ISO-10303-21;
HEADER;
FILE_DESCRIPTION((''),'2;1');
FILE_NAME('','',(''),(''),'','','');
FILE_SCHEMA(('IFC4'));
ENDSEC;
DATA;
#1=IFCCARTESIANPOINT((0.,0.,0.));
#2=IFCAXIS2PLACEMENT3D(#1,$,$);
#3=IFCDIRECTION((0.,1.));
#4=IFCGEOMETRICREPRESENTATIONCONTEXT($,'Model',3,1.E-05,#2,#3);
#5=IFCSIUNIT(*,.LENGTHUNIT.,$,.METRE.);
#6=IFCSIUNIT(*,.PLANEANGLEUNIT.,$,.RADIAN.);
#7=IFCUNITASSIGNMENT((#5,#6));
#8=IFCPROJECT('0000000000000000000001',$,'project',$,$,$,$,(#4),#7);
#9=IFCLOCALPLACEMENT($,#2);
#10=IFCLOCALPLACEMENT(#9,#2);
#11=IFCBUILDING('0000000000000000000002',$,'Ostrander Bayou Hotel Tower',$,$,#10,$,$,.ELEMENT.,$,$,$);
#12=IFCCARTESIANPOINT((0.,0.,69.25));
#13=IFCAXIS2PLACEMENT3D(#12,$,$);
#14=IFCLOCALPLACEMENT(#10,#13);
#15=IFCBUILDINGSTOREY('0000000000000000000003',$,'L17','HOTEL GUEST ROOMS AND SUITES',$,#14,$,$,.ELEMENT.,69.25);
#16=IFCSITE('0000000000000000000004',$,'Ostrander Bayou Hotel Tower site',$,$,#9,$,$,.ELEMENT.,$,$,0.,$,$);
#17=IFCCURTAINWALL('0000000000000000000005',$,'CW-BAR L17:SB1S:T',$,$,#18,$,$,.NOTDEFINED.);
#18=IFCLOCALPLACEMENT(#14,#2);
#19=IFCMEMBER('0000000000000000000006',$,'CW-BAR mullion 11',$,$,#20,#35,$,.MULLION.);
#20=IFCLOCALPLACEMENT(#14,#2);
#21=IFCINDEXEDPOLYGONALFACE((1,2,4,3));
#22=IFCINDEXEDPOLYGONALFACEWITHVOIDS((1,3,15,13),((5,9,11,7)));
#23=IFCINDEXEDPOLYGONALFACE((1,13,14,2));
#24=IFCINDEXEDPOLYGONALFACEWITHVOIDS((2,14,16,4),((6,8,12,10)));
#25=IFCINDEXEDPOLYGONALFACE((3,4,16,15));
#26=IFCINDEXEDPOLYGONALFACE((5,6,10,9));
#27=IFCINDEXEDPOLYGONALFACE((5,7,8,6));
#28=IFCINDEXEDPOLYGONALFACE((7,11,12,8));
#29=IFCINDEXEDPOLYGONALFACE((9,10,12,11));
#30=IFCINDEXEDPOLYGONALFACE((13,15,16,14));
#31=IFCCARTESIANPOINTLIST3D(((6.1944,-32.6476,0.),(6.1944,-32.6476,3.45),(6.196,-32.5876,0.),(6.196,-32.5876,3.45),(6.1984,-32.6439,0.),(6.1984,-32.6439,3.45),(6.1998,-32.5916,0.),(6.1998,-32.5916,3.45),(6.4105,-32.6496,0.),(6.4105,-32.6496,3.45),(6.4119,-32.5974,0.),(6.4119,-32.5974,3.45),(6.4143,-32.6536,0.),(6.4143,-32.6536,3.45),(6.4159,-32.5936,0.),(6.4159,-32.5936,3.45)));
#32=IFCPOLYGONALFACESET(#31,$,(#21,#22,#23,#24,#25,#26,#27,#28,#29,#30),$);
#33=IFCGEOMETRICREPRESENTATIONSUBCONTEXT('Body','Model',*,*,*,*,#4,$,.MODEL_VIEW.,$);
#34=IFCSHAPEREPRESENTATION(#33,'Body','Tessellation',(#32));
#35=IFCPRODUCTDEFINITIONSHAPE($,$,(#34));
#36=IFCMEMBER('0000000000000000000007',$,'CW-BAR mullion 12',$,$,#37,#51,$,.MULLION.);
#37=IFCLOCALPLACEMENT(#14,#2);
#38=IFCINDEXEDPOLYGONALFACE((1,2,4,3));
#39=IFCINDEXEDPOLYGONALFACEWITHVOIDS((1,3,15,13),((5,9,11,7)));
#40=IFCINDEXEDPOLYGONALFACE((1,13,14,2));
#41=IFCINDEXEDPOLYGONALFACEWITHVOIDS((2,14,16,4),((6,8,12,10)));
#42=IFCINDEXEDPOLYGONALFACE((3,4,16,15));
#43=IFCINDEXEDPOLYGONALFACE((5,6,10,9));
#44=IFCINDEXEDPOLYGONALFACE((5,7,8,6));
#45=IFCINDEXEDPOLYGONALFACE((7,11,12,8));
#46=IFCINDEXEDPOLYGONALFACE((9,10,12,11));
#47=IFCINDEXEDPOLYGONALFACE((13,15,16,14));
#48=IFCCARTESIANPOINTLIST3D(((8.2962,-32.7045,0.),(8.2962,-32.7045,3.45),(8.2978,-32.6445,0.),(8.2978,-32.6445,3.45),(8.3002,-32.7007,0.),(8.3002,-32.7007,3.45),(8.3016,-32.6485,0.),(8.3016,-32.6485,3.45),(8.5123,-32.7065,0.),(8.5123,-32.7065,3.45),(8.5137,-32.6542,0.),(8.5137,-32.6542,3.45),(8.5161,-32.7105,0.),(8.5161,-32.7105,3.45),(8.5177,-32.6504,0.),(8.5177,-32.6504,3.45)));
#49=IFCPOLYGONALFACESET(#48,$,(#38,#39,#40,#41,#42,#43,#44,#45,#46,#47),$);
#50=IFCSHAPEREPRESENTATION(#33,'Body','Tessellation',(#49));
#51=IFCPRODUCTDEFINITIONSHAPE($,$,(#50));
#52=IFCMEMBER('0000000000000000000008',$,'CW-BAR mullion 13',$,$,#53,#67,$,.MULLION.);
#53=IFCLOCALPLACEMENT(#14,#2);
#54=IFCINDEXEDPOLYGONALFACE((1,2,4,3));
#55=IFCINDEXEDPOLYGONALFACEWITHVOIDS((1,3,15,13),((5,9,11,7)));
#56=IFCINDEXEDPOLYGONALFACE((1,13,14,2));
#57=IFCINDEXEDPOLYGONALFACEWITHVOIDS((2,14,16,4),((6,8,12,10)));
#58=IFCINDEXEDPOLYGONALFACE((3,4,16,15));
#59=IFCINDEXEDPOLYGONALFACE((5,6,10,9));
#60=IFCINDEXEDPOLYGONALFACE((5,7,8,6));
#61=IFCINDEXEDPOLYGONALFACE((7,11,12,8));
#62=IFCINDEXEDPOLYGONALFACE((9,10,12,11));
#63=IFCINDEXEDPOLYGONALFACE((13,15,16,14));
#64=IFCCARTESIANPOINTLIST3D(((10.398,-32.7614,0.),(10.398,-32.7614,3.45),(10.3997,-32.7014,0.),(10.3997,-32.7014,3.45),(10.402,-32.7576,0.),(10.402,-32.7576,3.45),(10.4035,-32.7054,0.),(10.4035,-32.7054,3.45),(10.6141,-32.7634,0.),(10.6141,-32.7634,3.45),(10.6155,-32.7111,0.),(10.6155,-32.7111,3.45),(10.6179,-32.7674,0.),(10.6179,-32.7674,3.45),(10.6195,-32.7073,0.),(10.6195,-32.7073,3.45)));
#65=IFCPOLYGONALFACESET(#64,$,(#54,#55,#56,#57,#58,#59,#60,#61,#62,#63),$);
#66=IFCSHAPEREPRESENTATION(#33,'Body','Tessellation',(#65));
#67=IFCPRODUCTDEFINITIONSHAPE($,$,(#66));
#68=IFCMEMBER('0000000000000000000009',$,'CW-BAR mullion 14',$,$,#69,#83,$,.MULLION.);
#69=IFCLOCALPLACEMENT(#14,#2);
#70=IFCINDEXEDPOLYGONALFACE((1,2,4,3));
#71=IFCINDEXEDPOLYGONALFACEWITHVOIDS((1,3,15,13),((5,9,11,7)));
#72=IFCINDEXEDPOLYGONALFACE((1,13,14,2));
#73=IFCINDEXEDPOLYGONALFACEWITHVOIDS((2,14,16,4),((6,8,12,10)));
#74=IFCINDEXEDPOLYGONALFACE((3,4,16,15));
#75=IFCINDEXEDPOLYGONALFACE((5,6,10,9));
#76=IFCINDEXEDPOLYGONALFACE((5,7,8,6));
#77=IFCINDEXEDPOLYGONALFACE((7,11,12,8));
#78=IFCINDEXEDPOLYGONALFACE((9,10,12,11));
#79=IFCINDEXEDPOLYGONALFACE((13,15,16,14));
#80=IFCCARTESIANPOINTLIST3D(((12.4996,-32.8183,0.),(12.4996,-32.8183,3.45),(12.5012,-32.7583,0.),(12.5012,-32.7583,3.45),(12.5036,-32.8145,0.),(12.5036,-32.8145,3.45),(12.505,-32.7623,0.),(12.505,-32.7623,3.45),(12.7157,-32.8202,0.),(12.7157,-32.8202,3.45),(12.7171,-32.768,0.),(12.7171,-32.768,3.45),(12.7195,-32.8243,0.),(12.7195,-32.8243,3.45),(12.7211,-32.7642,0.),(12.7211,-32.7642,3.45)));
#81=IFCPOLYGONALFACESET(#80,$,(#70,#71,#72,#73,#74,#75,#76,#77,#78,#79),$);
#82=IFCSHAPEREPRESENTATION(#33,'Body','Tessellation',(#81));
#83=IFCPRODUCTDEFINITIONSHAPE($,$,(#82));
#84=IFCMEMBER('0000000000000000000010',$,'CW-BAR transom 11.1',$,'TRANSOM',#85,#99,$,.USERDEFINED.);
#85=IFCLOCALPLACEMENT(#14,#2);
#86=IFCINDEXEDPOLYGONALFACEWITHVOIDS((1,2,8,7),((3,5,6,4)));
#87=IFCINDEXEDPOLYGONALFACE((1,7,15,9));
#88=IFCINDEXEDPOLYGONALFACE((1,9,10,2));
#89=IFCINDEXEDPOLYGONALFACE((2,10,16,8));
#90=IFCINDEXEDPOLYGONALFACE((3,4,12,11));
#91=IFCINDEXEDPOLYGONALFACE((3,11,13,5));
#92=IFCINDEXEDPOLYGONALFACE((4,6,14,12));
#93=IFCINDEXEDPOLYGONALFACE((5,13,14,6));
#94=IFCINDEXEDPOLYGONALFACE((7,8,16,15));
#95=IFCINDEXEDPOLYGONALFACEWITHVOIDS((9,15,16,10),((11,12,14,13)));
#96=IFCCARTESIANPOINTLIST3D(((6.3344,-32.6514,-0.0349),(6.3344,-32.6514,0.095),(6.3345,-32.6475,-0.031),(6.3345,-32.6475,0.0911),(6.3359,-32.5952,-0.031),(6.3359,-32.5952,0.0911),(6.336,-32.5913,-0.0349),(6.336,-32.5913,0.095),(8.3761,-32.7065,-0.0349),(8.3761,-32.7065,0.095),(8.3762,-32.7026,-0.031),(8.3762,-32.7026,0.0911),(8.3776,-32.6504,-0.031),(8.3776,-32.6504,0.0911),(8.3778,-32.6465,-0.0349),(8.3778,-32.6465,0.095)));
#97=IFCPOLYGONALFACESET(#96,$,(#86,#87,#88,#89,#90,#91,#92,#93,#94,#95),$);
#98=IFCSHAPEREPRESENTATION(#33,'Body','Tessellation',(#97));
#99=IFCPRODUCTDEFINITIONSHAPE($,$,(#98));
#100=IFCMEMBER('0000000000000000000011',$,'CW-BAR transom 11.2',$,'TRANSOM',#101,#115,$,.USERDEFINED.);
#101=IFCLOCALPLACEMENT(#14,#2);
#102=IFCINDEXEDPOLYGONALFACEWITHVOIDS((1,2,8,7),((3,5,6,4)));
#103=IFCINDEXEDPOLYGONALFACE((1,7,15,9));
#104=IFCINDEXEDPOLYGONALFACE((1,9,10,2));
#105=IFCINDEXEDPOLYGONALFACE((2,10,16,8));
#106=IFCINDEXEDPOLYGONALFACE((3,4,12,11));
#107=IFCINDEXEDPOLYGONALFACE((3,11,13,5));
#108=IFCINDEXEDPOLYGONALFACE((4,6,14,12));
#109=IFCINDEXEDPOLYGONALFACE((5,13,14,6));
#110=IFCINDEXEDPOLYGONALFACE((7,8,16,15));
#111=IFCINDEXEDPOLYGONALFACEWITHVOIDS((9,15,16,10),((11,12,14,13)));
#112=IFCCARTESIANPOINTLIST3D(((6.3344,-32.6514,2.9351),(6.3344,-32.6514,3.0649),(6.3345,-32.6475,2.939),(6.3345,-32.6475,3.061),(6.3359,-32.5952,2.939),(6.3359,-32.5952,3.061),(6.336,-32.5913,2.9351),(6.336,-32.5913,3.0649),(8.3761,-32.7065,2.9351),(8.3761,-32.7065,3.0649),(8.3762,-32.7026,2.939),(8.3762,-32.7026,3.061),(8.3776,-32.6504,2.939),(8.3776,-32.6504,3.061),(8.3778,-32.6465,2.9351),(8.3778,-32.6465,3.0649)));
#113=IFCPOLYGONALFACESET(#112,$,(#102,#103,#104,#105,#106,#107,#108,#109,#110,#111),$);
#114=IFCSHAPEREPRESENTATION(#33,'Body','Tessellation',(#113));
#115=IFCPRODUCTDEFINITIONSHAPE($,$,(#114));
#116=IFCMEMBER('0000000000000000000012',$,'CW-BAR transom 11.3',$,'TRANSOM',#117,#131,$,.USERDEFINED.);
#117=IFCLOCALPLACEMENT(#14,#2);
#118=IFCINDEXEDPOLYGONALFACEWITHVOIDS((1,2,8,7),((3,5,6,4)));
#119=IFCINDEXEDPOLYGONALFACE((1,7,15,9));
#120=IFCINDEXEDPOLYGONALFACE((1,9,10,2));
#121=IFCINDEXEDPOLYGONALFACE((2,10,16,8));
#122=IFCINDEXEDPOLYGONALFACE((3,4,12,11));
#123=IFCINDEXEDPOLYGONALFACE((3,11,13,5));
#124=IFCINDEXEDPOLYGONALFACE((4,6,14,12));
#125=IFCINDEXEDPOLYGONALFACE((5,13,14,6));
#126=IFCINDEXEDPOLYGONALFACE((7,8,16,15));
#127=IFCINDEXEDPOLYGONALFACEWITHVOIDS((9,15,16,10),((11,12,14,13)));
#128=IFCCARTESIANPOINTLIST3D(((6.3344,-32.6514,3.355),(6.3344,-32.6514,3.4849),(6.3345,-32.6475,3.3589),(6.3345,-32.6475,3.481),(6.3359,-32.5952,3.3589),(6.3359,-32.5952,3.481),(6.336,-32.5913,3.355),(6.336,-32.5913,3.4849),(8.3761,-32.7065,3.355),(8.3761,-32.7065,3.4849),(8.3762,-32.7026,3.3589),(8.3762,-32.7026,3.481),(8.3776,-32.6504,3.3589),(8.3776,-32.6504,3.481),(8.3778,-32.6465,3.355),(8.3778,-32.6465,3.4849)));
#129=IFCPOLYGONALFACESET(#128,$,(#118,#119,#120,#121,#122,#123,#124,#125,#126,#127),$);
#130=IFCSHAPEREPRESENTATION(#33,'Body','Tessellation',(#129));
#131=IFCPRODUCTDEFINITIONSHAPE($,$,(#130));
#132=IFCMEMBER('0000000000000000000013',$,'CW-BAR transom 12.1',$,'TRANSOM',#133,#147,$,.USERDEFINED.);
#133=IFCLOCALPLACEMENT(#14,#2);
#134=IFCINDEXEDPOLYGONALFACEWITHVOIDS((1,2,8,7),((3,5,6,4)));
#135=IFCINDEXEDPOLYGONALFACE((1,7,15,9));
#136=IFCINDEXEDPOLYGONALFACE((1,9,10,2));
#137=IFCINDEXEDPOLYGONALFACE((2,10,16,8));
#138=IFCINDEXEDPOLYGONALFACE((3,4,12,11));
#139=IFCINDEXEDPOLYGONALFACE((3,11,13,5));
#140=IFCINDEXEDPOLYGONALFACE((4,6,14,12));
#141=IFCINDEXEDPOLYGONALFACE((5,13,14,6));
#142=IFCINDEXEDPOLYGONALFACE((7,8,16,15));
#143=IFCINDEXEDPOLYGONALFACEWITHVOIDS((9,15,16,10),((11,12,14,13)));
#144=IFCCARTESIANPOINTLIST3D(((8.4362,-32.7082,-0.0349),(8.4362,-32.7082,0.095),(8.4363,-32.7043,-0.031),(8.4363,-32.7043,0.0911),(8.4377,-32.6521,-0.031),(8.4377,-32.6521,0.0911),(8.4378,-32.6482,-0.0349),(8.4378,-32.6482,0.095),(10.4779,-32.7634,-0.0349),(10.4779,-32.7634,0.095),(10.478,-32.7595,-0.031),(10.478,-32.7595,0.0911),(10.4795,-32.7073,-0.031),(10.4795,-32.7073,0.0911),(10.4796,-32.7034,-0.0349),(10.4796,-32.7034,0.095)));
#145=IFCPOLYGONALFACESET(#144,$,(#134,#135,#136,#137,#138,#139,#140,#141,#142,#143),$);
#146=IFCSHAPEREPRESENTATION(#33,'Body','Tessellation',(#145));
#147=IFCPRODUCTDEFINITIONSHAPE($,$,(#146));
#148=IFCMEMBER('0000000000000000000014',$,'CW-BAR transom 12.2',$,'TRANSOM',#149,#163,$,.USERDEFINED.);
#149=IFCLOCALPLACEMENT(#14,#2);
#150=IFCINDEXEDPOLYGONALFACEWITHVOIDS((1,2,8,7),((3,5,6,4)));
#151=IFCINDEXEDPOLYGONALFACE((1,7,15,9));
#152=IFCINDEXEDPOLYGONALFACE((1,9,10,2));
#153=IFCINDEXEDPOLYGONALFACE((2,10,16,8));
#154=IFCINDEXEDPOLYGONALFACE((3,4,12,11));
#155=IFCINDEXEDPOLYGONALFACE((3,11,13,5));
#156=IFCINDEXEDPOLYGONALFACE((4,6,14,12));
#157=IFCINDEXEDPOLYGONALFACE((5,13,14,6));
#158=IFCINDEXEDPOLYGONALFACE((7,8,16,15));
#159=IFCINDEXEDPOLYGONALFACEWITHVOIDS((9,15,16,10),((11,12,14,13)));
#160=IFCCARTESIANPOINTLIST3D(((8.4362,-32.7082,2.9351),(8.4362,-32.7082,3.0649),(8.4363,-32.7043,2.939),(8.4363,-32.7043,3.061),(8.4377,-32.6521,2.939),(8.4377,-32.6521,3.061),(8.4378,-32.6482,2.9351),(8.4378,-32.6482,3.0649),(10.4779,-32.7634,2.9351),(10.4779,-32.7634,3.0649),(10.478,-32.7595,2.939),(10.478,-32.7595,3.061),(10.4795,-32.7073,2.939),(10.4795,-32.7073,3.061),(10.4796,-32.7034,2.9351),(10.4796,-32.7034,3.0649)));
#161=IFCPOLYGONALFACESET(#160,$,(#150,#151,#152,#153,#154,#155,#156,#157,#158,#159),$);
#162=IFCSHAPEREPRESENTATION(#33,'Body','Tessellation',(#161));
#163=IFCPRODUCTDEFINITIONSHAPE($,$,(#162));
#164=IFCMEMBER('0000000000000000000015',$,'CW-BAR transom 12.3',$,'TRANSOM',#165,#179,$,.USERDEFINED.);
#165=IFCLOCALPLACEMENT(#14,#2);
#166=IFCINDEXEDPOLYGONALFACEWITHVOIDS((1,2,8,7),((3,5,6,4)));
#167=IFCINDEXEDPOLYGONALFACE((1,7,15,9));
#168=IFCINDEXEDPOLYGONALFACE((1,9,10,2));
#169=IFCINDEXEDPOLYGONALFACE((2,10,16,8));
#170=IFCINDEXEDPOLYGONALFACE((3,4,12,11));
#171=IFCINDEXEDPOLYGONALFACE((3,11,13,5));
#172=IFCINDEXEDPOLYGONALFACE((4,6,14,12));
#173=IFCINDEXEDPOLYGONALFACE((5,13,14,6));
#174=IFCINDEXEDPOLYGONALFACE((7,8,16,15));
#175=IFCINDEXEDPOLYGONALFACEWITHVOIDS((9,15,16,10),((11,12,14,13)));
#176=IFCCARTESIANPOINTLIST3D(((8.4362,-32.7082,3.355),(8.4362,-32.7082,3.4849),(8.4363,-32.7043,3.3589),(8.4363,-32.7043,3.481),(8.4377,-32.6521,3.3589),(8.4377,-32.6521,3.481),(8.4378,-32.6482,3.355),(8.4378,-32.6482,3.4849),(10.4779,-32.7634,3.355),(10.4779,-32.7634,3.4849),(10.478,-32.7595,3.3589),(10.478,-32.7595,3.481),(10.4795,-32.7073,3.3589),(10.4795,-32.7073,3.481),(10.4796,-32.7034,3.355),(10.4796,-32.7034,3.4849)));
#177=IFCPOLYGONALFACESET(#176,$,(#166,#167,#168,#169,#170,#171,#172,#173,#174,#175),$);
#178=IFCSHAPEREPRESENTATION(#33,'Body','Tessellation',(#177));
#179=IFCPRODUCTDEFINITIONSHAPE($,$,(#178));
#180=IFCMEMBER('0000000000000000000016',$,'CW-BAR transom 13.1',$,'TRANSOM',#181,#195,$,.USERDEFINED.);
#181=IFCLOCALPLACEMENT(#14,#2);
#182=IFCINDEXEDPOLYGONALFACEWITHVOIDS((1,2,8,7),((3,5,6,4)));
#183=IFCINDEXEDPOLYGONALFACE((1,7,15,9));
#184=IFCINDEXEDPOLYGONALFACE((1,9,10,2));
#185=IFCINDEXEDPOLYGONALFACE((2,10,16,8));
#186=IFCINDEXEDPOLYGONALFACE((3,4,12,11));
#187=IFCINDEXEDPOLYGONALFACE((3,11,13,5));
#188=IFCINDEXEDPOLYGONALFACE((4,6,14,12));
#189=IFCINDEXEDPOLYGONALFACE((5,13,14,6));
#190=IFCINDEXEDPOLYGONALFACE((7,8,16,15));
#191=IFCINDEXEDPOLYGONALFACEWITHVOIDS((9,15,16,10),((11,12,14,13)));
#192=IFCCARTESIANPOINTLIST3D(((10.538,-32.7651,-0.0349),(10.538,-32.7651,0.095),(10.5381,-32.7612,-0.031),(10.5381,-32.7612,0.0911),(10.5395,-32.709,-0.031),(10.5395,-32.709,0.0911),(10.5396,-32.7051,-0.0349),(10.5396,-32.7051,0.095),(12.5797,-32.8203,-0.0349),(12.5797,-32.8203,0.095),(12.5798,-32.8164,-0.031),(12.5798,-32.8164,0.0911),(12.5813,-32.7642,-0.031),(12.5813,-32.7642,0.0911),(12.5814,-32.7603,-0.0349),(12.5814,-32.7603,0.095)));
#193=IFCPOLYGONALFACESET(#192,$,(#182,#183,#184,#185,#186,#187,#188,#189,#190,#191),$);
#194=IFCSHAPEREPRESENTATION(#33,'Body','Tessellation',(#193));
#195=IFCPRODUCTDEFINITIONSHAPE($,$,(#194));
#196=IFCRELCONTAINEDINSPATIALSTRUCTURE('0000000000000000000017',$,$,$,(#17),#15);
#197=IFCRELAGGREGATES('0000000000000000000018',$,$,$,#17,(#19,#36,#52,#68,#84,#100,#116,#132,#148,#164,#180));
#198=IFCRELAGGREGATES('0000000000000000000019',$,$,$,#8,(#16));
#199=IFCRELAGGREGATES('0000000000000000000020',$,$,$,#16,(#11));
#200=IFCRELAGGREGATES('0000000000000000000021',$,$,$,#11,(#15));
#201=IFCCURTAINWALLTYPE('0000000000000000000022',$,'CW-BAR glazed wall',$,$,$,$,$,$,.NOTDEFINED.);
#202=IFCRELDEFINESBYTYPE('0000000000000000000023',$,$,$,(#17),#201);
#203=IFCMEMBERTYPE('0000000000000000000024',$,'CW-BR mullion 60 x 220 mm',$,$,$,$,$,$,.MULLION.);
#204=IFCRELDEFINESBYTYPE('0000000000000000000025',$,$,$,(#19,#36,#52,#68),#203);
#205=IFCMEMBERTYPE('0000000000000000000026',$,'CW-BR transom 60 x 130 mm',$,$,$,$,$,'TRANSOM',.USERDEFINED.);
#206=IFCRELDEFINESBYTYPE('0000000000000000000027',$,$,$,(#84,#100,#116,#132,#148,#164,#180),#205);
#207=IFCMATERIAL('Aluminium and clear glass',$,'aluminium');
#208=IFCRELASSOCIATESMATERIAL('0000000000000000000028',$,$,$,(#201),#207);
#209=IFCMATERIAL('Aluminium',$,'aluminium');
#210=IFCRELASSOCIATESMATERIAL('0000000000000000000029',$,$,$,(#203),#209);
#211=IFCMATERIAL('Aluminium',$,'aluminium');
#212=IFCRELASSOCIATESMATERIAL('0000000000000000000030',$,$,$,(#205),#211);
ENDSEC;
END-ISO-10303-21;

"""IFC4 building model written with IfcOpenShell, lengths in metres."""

from ifc_helpers import new_model, si_unit, direction, frame, origin, origin_2d, place, context, subcontext, project, spatial, hollow_rectangle, extrude, material, material_profile, profile_set, type_object, element, aggregate, save


model = new_model("IFC4")

# Units and contexts
model_context = context("Model", 3, precision=1e-05, world=origin(), true_north=direction((0.0, 1.0)))
body_context = subcontext(model_context, "Body", "Model", "MODEL_VIEW")
ifc_project = project(units=[si_unit("LENGTHUNIT", "METRE"), si_unit("PLANEANGLEUNIT", "RADIAN")], contexts=[model_context])

# Site, building, storey
site_placement = place(None, origin())
site = spatial("IfcSite", under=ifc_project, at=site_placement, Name="Ostrander Bayou Hotel Tower site", CompositionType="ELEMENT", RefElevation=0.0)
building_placement = place(site_placement, origin())
building = spatial("IfcBuilding", under=site, at=building_placement, Name="Ostrander Bayou Hotel Tower", CompositionType="ELEMENT")
storey_placement = place(building_placement, frame((0.0, 0.0, 69.25)))
storey = spatial("IfcBuildingStorey", under=building, at=storey_placement, Name="L17", Description="HOTEL GUEST ROOMS AND SUITES", CompositionType="ELEMENT", Elevation=69.25)

# Curtain wall, members
ifc_material_1 = material(Name="Aluminium and clear glass", Category="aluminium")
curtain_wall_type = type_object("IfcCurtainWallType", Name="CW-BAR glazed wall", PredefinedType="NOTDEFINED", material=ifc_material_1)
curtain_wall_placement = place(storey_placement, origin())
curtain_wall = element("IfcCurtainWall", 1, at=curtain_wall_placement, inside=storey, type_object=curtain_wall_type, Name="CW-BAR L17:SB1S:T", PredefinedType="NOTDEFINED")
ifc_material_2 = material(Name="Aluminium", Category="aluminium")
ifc_material_profile_1 = material_profile(ifc_material_2, hollow_rectangle(XDim=0.0601, YDim=0.22, WallThickness=0.0039, at=origin_2d()))
ifc_profile_set_1 = profile_set([ifc_material_profile_1], Name="Aluminium")
member_type_1 = type_object("IfcMemberType", Name="CW-BR mullion 60 x 220 mm", PredefinedType="MULLION", material=ifc_profile_set_1)
member_1_placement = place(storey_placement, frame((6.3052, -32.6206, 0.0), z_axis=(0.0, 0.0, 1.0), x_axis=(0.027042, 0.999634, 0.0)))
member_1 = element("IfcMember", 2, at=member_1_placement, type_object=member_type_1, Name="CW-BAR mullion 11", PredefinedType="MULLION", context=body_context, shape_type="SweptSolid", body=[
    extrude(hollow_rectangle(XDim=0.0601, YDim=0.22, WallThickness=0.0039, at=origin_2d()), origin(), (0.0, 0.0, 1.0), 3.45),
])
member_2_placement = place(storey_placement, frame((8.407, -32.6775, 0.0), z_axis=(0.0, 0.0, 1.0), x_axis=(0.027042, 0.999634, 0.0)))
member_2 = element("IfcMember", 3, at=member_2_placement, type_object=member_type_1, Name="CW-BAR mullion 12", PredefinedType="MULLION", context=body_context, shape_type="SweptSolid", body=[
    extrude(hollow_rectangle(XDim=0.0601, YDim=0.22, WallThickness=0.0039, at=origin_2d()), origin(), (0.0, 0.0, 1.0), 3.45),
])
member_3_placement = place(storey_placement, frame((10.5088, -32.7344, 0.0), z_axis=(0.0, 0.0, 1.0), x_axis=(0.027042, 0.999634, 0.0)))
member_3 = element("IfcMember", 4, at=member_3_placement, type_object=member_type_1, Name="CW-BAR mullion 13", PredefinedType="MULLION", context=body_context, shape_type="SweptSolid", body=[
    extrude(hollow_rectangle(XDim=0.0601, YDim=0.22, WallThickness=0.0039, at=origin_2d()), origin(), (0.0, 0.0, 1.0), 3.45),
])
member_4_placement = place(storey_placement, frame((12.6104, -32.7913, 0.0), z_axis=(0.0, 0.0, 1.0), x_axis=(0.027042, 0.999634, 0.0)))
member_4 = element("IfcMember", 5, at=member_4_placement, type_object=member_type_1, Name="CW-BAR mullion 14", PredefinedType="MULLION", context=body_context, shape_type="SweptSolid", body=[
    extrude(hollow_rectangle(XDim=0.0601, YDim=0.22, WallThickness=0.0039, at=origin_2d()), origin(), (0.0, 0.0, 1.0), 3.45),
])
ifc_material_3 = material(Name="Aluminium", Category="aluminium")
ifc_material_profile_2 = material_profile(ifc_material_3, hollow_rectangle(XDim=0.0601, YDim=0.1299, WallThickness=0.0039, at=origin_2d()))
ifc_profile_set_2 = profile_set([ifc_material_profile_2], Name="Aluminium")
member_type_2 = type_object("IfcMemberType", Name="CW-BR transom 60 x 130 mm", ElementType="TRANSOM", PredefinedType="USERDEFINED", material=ifc_profile_set_2)
member_5_placement = place(storey_placement, frame((6.3352, -32.6213, 0.03), z_axis=(0.999635, -0.027014, 0.0), x_axis=(0.027014, 0.999635, 0.0)))
member_5 = element("IfcMember", 6, at=member_5_placement, type_object=member_type_2, Name="CW-BAR transom 11.1", ObjectType="TRANSOM", PredefinedType="USERDEFINED", context=body_context, shape_type="SweptSolid", body=[
    extrude(hollow_rectangle(XDim=0.0601, YDim=0.1299, WallThickness=0.0039, at=origin_2d()), origin(), (0.0, 0.0, 1.0), 2.0425),
])
member_6_placement = place(storey_placement, frame((6.3352, -32.6213, 3.0), z_axis=(0.999635, -0.027014, 0.0), x_axis=(0.027014, 0.999635, 0.0)))
member_6 = element("IfcMember", 7, at=member_6_placement, type_object=member_type_2, Name="CW-BAR transom 11.2", ObjectType="TRANSOM", PredefinedType="USERDEFINED", context=body_context, shape_type="SweptSolid", body=[
    extrude(hollow_rectangle(XDim=0.0601, YDim=0.1299, WallThickness=0.0039, at=origin_2d()), origin(), (0.0, 0.0, 1.0), 2.0425),
])
member_7_placement = place(storey_placement, frame((6.3352, -32.6213, 3.4199), z_axis=(0.999635, -0.027014, 0.0), x_axis=(0.027014, 0.999635, 0.0)))
member_7 = element("IfcMember", 8, at=member_7_placement, type_object=member_type_2, Name="CW-BAR transom 11.3", ObjectType="TRANSOM", PredefinedType="USERDEFINED", context=body_context, shape_type="SweptSolid", body=[
    extrude(hollow_rectangle(XDim=0.0601, YDim=0.1299, WallThickness=0.0039, at=origin_2d()), origin(), (0.0, 0.0, 1.0), 2.0425),
])
member_8_placement = place(storey_placement, frame((8.437, -32.6782, 0.03), z_axis=(0.999635, -0.027014, 0.0), x_axis=(0.027014, 0.999635, 0.0)))
member_8 = element("IfcMember", 9, at=member_8_placement, type_object=member_type_2, Name="CW-BAR transom 12.1", ObjectType="TRANSOM", PredefinedType="USERDEFINED", context=body_context, shape_type="SweptSolid", body=[
    extrude(hollow_rectangle(XDim=0.0601, YDim=0.1299, WallThickness=0.0039, at=origin_2d()), origin(), (0.0, 0.0, 1.0), 2.0425),
])
member_9_placement = place(storey_placement, frame((8.437, -32.6782, 3.0), z_axis=(0.999635, -0.027014, 0.0), x_axis=(0.027014, 0.999635, 0.0)))
member_9 = element("IfcMember", 10, at=member_9_placement, type_object=member_type_2, Name="CW-BAR transom 12.2", ObjectType="TRANSOM", PredefinedType="USERDEFINED", context=body_context, shape_type="SweptSolid", body=[
    extrude(hollow_rectangle(XDim=0.0601, YDim=0.1299, WallThickness=0.0039, at=origin_2d()), origin(), (0.0, 0.0, 1.0), 2.0425),
])
member_10_placement = place(storey_placement, frame((8.437, -32.6782, 3.4199), z_axis=(0.999635, -0.027014, 0.0), x_axis=(0.027014, 0.999635, 0.0)))
member_10 = element("IfcMember", 11, at=member_10_placement, type_object=member_type_2, Name="CW-BAR transom 12.3", ObjectType="TRANSOM", PredefinedType="USERDEFINED", context=body_context, shape_type="SweptSolid", body=[
    extrude(hollow_rectangle(XDim=0.0601, YDim=0.1299, WallThickness=0.0039, at=origin_2d()), origin(), (0.0, 0.0, 1.0), 2.0425),
])
member_11_placement = place(storey_placement, frame((10.5388, -32.7351, 0.03), z_axis=(0.999635, -0.027014, 0.0), x_axis=(0.027014, 0.999635, 0.0)))
member_11 = element("IfcMember", 12, at=member_11_placement, type_object=member_type_2, Name="CW-BAR transom 13.1", ObjectType="TRANSOM", PredefinedType="USERDEFINED", context=body_context, shape_type="SweptSolid", body=[
    extrude(hollow_rectangle(XDim=0.0601, YDim=0.1299, WallThickness=0.0039, at=origin_2d()), origin(), (0.0, 0.0, 1.0), 2.0425),
])
aggregate(curtain_wall, [member_1, member_2, member_3, member_4, member_5, member_6, member_7, member_8, member_9, member_10, member_11])

save(model, "model.ifc")
